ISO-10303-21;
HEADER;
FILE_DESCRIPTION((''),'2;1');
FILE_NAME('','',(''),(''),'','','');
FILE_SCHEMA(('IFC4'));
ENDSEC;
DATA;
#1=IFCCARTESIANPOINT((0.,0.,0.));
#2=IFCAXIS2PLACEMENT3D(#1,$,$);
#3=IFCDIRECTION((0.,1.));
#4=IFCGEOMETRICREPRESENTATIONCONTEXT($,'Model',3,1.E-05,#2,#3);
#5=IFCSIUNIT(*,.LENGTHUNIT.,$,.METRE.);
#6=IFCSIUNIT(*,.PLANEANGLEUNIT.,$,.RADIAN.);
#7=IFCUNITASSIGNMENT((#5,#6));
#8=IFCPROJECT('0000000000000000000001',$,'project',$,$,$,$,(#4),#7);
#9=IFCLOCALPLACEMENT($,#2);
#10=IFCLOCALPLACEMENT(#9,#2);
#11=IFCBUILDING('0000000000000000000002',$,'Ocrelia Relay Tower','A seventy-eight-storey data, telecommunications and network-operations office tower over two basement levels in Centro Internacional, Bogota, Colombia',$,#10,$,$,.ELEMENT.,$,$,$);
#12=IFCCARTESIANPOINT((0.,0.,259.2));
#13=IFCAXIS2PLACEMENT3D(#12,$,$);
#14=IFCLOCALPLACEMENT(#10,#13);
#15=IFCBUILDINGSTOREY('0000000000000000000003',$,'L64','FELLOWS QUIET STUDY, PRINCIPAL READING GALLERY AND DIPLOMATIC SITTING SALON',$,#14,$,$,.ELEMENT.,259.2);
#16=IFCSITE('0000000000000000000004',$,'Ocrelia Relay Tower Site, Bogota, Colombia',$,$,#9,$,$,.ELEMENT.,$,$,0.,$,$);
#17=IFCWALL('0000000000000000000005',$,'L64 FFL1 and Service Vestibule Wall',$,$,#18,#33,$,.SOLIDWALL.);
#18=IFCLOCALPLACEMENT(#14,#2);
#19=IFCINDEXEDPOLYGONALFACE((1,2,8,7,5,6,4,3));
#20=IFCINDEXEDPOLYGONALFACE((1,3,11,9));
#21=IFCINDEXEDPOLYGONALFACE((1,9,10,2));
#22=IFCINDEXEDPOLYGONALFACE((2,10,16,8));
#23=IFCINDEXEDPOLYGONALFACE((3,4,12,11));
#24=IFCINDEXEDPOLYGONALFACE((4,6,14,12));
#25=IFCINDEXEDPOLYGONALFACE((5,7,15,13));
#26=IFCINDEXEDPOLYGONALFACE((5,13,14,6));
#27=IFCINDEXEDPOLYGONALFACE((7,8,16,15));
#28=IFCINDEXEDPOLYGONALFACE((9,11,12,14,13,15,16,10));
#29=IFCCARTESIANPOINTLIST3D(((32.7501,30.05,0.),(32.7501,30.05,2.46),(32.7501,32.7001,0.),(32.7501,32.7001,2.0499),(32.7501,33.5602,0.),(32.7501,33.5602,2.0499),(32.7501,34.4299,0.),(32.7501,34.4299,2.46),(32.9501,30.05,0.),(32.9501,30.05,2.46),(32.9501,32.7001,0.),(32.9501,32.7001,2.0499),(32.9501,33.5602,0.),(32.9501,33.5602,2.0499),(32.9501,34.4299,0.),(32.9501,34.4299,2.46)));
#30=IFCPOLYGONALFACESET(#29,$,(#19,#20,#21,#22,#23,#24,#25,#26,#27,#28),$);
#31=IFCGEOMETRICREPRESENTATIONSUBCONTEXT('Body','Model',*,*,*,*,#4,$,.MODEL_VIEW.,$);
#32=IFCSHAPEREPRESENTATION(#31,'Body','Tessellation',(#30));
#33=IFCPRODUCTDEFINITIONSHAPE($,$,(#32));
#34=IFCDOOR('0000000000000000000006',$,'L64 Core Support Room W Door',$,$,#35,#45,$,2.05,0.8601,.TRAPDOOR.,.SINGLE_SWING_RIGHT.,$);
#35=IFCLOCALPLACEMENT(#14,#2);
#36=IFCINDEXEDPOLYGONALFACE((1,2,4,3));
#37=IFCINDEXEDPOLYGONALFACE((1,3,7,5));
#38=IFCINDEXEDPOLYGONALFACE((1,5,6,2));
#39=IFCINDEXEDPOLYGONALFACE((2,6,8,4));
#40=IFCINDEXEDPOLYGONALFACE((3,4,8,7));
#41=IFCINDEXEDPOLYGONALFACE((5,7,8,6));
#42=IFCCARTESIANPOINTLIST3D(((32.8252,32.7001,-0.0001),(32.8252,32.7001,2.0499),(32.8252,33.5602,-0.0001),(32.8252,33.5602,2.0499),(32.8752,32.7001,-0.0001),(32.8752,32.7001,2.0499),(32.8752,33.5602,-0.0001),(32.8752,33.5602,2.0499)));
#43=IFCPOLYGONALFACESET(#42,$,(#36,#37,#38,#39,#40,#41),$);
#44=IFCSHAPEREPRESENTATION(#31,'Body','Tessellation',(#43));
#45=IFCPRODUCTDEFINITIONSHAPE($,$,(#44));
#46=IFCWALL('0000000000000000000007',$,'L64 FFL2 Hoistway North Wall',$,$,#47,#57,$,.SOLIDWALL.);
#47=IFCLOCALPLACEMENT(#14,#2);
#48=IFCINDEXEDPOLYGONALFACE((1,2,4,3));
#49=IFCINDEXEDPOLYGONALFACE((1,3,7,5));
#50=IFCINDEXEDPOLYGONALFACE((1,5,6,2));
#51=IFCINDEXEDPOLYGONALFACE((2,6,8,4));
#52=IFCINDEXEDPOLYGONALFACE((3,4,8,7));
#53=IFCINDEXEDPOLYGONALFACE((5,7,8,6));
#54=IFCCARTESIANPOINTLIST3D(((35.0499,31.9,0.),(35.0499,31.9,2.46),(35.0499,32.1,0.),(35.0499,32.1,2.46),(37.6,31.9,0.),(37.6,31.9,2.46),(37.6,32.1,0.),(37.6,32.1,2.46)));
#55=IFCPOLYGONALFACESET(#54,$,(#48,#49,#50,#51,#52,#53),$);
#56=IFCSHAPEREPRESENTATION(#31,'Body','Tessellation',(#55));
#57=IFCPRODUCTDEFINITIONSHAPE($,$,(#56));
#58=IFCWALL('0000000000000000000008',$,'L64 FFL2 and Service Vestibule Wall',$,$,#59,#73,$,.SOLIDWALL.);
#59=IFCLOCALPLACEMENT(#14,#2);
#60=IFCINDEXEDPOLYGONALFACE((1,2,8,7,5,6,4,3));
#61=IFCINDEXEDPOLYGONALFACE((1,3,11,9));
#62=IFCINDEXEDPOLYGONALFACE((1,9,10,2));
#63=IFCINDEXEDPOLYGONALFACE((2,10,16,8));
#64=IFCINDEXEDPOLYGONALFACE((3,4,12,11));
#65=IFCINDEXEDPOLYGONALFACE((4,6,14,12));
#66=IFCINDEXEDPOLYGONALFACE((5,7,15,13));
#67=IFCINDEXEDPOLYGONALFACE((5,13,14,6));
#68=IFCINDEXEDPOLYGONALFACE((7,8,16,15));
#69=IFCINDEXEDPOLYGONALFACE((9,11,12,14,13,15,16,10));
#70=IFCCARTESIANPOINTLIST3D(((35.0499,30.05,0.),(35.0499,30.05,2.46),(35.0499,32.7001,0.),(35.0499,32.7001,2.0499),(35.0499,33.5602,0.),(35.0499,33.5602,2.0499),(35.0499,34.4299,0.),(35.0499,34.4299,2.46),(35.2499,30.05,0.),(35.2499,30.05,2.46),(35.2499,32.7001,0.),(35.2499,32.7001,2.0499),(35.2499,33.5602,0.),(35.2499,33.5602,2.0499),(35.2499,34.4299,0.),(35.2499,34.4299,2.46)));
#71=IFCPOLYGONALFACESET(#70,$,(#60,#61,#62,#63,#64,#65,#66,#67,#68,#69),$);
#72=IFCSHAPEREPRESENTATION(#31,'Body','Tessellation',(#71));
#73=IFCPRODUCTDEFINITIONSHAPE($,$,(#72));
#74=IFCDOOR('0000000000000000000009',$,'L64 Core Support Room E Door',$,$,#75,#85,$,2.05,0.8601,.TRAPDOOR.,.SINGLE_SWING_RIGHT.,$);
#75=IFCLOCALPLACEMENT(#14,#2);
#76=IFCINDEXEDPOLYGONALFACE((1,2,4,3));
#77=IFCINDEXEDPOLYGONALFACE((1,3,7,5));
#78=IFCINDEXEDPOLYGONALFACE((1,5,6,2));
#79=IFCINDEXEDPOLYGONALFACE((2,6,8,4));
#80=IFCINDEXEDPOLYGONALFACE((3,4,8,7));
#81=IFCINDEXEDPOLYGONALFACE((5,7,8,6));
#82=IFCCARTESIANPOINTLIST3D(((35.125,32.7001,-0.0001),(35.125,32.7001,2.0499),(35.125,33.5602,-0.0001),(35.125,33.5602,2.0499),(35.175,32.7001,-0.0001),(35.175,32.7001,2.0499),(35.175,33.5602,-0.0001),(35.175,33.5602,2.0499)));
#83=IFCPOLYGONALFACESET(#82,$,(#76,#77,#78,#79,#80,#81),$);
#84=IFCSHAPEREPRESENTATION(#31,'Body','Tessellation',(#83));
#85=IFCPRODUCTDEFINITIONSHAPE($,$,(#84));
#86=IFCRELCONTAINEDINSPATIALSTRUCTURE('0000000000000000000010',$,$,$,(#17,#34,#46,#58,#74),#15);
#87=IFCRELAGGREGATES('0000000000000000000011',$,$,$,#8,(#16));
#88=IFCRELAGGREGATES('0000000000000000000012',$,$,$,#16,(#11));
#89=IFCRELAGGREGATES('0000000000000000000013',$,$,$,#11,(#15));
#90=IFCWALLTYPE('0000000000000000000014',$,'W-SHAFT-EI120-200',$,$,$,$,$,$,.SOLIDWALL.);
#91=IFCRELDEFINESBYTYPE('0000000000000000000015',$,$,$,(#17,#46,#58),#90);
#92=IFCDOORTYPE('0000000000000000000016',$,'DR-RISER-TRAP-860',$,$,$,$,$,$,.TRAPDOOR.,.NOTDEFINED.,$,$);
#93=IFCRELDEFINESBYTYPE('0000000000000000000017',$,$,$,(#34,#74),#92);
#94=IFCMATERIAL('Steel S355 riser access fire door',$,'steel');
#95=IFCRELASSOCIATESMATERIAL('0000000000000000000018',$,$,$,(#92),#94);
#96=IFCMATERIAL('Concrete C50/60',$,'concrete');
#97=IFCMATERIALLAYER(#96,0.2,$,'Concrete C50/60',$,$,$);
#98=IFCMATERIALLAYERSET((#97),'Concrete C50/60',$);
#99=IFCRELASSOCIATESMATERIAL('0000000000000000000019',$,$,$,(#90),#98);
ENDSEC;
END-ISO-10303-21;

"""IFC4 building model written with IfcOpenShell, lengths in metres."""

from ifc_helpers import new_model, si_unit, direction, frame, frame_2d, origin, place, context, subcontext, project, spatial, rectangle, extrude, material, layer, layer_set, type_object, element, fill, save


model = new_model("IFC4")

# Units and contexts
model_context = context("Model", 3, precision=1e-05, world=origin(), true_north=direction((0.0, 1.0)))
body_context = subcontext(model_context, "Body", "Model", "MODEL_VIEW")
ifc_project = project(units=[si_unit("LENGTHUNIT", "METRE"), si_unit("PLANEANGLEUNIT", "RADIAN")], contexts=[model_context])

# Site, building, storey
site_placement = place(None, origin())
site = spatial("IfcSite", under=ifc_project, at=site_placement, Name="Ocrelia Relay Tower Site, Bogota, Colombia", CompositionType="ELEMENT", RefElevation=0.0)
building_placement = place(site_placement, origin())
building = spatial("IfcBuilding", under=site, at=building_placement, Name="Ocrelia Relay Tower", Description="A seventy-eight-storey data, telecommunications and network-operations office tower over two basement levels in Centro Internacional, Bogota, Colombia", CompositionType="ELEMENT")
storey_placement = place(building_placement, frame((0.0, 0.0, 259.2)))
storey = spatial("IfcBuildingStorey", under=building, at=storey_placement, Name="L64", Description="FELLOWS QUIET STUDY, PRINCIPAL READING GALLERY AND DIPLOMATIC SITTING SALON", CompositionType="ELEMENT", Elevation=259.2)

# Shared definitions
ifc_material_1 = material(Name="Concrete C50/60", Category="concrete")

# Shared definitions
ifc_material_2 = material(Name="Steel S355 riser access fire door", Category="steel")
door_type_1 = type_object("IfcDoorType", Name="DR-RISER-TRAP-860", OperationType="NOTDEFINED", PredefinedType="TRAPDOOR", material=ifc_material_2)

# Wall, opening, door
ifc_layer_1 = layer(ifc_material_1, 0.2, Name="Concrete C50/60")
ifc_layer_set_1 = layer_set([ifc_layer_1], Name="Concrete C50/60")
wall_type_1 = type_object("IfcWallType", Name="W-SHAFT-EI120-200", PredefinedType="SOLIDWALL", material=ifc_layer_set_1)
wall_1_placement = place(storey_placement, frame((32.8501, 30.05, 0.0), z_axis=(0.0, 0.0, 1.0), x_axis=(0.0, 1.0, 0.0)))
wall_1 = element("IfcWall", 1, at=wall_1_placement, inside=storey, type_object=wall_type_1, Name="L64 FFL1 and Service Vestibule Wall", PredefinedType="SOLIDWALL", context=body_context, shape_type="SweptSolid", body=[
    extrude(rectangle(XDim=4.3799, YDim=0.2, at=frame_2d((2.1899, 0.0))), origin(), (0.0, 0.0, 1.0), 2.46),
])
opening_1_placement = place(wall_1_placement, frame((2.6499, 0.0, 0.0)))
opening_1 = element("IfcOpeningElement", 2, at=opening_1_placement, cuts=wall_1, PredefinedType="OPENING", context=body_context, shape_type="SweptSolid", body=[
    extrude(rectangle(XDim=0.8601, YDim=2.05, at=frame_2d((0.4302, 1.0249))), frame((0.0, 0.1099, 0.0), z_axis=(0.0, -1.0, 0.0), x_axis=(1.0, 0.0, 0.0)), (0.0, 0.0, 1.0), 0.22),
])
door_1_placement = place(opening_1_placement, origin())
door_1 = element("IfcDoor", 3, at=door_1_placement, inside=storey, type_object=door_type_1, Name="L64 Core Support Room W Door", OperationType="SINGLE_SWING_RIGHT", OverallHeight=2.05, OverallWidth=0.8601, PredefinedType="TRAPDOOR", context=body_context, shape_type="SweptSolid", body=[
    extrude(rectangle(XDim=0.8601, YDim=2.05, at=frame_2d((0.4302, 1.0249))), frame((0.0, 0.0249, 0.0), z_axis=(0.0, -1.0, 0.0), x_axis=(1.0, 0.0, 0.0)), (0.0, 0.0, 1.0), 0.05),
])
fill(opening_1, door_1)

# Wall
wall_2_placement = place(storey_placement, frame((35.05, 32.0, 0.0), z_axis=(0.0, 0.0, 1.0), x_axis=(1.0, 0.0, 0.0)))
element("IfcWall", 4, at=wall_2_placement, inside=storey, type_object=wall_type_1, Name="L64 FFL2 Hoistway North Wall", PredefinedType="SOLIDWALL", context=body_context, shape_type="SweptSolid", body=[
    extrude(rectangle(XDim=2.55, YDim=0.2, at=frame_2d((1.2749, 0.0))), origin(), (0.0, 0.0, 1.0), 2.46),
])

# Wall, opening, door
wall_3_placement = place(storey_placement, frame((35.1499, 30.05, 0.0), z_axis=(0.0, 0.0, 1.0), x_axis=(0.0, 1.0, 0.0)))
wall_3 = element("IfcWall", 5, at=wall_3_placement, inside=storey, type_object=wall_type_1, Name="L64 FFL2 and Service Vestibule Wall", PredefinedType="SOLIDWALL", context=body_context, shape_type="SweptSolid", body=[
    extrude(rectangle(XDim=4.3799, YDim=0.2, at=frame_2d((2.1899, 0.0))), origin(), (0.0, 0.0, 1.0), 2.46),
])
opening_2_placement = place(wall_3_placement, frame((2.6499, 0.0, 0.0)))
opening_2 = element("IfcOpeningElement", 6, at=opening_2_placement, cuts=wall_3, PredefinedType="OPENING", context=body_context, shape_type="SweptSolid", body=[
    extrude(rectangle(XDim=0.8601, YDim=2.05, at=frame_2d((0.4302, 1.0249))), frame((0.0, 0.1099, 0.0), z_axis=(0.0, -1.0, 0.0), x_axis=(1.0, 0.0, 0.0)), (0.0, 0.0, 1.0), 0.22),
])
door_2_placement = place(opening_2_placement, origin())
door_2 = element("IfcDoor", 7, at=door_2_placement, inside=storey, type_object=door_type_1, Name="L64 Core Support Room E Door", OperationType="SINGLE_SWING_RIGHT", OverallHeight=2.05, OverallWidth=0.8601, PredefinedType="TRAPDOOR", context=body_context, shape_type="SweptSolid", body=[
    extrude(rectangle(XDim=0.8601, YDim=2.05, at=frame_2d((0.4302, 1.0249))), frame((0.0, 0.0249, 0.0), z_axis=(0.0, -1.0, 0.0), x_axis=(1.0, 0.0, 0.0)), (0.0, 0.0, 1.0), 0.05),
])
fill(opening_2, door_2)

save(model, "model.ifc")
